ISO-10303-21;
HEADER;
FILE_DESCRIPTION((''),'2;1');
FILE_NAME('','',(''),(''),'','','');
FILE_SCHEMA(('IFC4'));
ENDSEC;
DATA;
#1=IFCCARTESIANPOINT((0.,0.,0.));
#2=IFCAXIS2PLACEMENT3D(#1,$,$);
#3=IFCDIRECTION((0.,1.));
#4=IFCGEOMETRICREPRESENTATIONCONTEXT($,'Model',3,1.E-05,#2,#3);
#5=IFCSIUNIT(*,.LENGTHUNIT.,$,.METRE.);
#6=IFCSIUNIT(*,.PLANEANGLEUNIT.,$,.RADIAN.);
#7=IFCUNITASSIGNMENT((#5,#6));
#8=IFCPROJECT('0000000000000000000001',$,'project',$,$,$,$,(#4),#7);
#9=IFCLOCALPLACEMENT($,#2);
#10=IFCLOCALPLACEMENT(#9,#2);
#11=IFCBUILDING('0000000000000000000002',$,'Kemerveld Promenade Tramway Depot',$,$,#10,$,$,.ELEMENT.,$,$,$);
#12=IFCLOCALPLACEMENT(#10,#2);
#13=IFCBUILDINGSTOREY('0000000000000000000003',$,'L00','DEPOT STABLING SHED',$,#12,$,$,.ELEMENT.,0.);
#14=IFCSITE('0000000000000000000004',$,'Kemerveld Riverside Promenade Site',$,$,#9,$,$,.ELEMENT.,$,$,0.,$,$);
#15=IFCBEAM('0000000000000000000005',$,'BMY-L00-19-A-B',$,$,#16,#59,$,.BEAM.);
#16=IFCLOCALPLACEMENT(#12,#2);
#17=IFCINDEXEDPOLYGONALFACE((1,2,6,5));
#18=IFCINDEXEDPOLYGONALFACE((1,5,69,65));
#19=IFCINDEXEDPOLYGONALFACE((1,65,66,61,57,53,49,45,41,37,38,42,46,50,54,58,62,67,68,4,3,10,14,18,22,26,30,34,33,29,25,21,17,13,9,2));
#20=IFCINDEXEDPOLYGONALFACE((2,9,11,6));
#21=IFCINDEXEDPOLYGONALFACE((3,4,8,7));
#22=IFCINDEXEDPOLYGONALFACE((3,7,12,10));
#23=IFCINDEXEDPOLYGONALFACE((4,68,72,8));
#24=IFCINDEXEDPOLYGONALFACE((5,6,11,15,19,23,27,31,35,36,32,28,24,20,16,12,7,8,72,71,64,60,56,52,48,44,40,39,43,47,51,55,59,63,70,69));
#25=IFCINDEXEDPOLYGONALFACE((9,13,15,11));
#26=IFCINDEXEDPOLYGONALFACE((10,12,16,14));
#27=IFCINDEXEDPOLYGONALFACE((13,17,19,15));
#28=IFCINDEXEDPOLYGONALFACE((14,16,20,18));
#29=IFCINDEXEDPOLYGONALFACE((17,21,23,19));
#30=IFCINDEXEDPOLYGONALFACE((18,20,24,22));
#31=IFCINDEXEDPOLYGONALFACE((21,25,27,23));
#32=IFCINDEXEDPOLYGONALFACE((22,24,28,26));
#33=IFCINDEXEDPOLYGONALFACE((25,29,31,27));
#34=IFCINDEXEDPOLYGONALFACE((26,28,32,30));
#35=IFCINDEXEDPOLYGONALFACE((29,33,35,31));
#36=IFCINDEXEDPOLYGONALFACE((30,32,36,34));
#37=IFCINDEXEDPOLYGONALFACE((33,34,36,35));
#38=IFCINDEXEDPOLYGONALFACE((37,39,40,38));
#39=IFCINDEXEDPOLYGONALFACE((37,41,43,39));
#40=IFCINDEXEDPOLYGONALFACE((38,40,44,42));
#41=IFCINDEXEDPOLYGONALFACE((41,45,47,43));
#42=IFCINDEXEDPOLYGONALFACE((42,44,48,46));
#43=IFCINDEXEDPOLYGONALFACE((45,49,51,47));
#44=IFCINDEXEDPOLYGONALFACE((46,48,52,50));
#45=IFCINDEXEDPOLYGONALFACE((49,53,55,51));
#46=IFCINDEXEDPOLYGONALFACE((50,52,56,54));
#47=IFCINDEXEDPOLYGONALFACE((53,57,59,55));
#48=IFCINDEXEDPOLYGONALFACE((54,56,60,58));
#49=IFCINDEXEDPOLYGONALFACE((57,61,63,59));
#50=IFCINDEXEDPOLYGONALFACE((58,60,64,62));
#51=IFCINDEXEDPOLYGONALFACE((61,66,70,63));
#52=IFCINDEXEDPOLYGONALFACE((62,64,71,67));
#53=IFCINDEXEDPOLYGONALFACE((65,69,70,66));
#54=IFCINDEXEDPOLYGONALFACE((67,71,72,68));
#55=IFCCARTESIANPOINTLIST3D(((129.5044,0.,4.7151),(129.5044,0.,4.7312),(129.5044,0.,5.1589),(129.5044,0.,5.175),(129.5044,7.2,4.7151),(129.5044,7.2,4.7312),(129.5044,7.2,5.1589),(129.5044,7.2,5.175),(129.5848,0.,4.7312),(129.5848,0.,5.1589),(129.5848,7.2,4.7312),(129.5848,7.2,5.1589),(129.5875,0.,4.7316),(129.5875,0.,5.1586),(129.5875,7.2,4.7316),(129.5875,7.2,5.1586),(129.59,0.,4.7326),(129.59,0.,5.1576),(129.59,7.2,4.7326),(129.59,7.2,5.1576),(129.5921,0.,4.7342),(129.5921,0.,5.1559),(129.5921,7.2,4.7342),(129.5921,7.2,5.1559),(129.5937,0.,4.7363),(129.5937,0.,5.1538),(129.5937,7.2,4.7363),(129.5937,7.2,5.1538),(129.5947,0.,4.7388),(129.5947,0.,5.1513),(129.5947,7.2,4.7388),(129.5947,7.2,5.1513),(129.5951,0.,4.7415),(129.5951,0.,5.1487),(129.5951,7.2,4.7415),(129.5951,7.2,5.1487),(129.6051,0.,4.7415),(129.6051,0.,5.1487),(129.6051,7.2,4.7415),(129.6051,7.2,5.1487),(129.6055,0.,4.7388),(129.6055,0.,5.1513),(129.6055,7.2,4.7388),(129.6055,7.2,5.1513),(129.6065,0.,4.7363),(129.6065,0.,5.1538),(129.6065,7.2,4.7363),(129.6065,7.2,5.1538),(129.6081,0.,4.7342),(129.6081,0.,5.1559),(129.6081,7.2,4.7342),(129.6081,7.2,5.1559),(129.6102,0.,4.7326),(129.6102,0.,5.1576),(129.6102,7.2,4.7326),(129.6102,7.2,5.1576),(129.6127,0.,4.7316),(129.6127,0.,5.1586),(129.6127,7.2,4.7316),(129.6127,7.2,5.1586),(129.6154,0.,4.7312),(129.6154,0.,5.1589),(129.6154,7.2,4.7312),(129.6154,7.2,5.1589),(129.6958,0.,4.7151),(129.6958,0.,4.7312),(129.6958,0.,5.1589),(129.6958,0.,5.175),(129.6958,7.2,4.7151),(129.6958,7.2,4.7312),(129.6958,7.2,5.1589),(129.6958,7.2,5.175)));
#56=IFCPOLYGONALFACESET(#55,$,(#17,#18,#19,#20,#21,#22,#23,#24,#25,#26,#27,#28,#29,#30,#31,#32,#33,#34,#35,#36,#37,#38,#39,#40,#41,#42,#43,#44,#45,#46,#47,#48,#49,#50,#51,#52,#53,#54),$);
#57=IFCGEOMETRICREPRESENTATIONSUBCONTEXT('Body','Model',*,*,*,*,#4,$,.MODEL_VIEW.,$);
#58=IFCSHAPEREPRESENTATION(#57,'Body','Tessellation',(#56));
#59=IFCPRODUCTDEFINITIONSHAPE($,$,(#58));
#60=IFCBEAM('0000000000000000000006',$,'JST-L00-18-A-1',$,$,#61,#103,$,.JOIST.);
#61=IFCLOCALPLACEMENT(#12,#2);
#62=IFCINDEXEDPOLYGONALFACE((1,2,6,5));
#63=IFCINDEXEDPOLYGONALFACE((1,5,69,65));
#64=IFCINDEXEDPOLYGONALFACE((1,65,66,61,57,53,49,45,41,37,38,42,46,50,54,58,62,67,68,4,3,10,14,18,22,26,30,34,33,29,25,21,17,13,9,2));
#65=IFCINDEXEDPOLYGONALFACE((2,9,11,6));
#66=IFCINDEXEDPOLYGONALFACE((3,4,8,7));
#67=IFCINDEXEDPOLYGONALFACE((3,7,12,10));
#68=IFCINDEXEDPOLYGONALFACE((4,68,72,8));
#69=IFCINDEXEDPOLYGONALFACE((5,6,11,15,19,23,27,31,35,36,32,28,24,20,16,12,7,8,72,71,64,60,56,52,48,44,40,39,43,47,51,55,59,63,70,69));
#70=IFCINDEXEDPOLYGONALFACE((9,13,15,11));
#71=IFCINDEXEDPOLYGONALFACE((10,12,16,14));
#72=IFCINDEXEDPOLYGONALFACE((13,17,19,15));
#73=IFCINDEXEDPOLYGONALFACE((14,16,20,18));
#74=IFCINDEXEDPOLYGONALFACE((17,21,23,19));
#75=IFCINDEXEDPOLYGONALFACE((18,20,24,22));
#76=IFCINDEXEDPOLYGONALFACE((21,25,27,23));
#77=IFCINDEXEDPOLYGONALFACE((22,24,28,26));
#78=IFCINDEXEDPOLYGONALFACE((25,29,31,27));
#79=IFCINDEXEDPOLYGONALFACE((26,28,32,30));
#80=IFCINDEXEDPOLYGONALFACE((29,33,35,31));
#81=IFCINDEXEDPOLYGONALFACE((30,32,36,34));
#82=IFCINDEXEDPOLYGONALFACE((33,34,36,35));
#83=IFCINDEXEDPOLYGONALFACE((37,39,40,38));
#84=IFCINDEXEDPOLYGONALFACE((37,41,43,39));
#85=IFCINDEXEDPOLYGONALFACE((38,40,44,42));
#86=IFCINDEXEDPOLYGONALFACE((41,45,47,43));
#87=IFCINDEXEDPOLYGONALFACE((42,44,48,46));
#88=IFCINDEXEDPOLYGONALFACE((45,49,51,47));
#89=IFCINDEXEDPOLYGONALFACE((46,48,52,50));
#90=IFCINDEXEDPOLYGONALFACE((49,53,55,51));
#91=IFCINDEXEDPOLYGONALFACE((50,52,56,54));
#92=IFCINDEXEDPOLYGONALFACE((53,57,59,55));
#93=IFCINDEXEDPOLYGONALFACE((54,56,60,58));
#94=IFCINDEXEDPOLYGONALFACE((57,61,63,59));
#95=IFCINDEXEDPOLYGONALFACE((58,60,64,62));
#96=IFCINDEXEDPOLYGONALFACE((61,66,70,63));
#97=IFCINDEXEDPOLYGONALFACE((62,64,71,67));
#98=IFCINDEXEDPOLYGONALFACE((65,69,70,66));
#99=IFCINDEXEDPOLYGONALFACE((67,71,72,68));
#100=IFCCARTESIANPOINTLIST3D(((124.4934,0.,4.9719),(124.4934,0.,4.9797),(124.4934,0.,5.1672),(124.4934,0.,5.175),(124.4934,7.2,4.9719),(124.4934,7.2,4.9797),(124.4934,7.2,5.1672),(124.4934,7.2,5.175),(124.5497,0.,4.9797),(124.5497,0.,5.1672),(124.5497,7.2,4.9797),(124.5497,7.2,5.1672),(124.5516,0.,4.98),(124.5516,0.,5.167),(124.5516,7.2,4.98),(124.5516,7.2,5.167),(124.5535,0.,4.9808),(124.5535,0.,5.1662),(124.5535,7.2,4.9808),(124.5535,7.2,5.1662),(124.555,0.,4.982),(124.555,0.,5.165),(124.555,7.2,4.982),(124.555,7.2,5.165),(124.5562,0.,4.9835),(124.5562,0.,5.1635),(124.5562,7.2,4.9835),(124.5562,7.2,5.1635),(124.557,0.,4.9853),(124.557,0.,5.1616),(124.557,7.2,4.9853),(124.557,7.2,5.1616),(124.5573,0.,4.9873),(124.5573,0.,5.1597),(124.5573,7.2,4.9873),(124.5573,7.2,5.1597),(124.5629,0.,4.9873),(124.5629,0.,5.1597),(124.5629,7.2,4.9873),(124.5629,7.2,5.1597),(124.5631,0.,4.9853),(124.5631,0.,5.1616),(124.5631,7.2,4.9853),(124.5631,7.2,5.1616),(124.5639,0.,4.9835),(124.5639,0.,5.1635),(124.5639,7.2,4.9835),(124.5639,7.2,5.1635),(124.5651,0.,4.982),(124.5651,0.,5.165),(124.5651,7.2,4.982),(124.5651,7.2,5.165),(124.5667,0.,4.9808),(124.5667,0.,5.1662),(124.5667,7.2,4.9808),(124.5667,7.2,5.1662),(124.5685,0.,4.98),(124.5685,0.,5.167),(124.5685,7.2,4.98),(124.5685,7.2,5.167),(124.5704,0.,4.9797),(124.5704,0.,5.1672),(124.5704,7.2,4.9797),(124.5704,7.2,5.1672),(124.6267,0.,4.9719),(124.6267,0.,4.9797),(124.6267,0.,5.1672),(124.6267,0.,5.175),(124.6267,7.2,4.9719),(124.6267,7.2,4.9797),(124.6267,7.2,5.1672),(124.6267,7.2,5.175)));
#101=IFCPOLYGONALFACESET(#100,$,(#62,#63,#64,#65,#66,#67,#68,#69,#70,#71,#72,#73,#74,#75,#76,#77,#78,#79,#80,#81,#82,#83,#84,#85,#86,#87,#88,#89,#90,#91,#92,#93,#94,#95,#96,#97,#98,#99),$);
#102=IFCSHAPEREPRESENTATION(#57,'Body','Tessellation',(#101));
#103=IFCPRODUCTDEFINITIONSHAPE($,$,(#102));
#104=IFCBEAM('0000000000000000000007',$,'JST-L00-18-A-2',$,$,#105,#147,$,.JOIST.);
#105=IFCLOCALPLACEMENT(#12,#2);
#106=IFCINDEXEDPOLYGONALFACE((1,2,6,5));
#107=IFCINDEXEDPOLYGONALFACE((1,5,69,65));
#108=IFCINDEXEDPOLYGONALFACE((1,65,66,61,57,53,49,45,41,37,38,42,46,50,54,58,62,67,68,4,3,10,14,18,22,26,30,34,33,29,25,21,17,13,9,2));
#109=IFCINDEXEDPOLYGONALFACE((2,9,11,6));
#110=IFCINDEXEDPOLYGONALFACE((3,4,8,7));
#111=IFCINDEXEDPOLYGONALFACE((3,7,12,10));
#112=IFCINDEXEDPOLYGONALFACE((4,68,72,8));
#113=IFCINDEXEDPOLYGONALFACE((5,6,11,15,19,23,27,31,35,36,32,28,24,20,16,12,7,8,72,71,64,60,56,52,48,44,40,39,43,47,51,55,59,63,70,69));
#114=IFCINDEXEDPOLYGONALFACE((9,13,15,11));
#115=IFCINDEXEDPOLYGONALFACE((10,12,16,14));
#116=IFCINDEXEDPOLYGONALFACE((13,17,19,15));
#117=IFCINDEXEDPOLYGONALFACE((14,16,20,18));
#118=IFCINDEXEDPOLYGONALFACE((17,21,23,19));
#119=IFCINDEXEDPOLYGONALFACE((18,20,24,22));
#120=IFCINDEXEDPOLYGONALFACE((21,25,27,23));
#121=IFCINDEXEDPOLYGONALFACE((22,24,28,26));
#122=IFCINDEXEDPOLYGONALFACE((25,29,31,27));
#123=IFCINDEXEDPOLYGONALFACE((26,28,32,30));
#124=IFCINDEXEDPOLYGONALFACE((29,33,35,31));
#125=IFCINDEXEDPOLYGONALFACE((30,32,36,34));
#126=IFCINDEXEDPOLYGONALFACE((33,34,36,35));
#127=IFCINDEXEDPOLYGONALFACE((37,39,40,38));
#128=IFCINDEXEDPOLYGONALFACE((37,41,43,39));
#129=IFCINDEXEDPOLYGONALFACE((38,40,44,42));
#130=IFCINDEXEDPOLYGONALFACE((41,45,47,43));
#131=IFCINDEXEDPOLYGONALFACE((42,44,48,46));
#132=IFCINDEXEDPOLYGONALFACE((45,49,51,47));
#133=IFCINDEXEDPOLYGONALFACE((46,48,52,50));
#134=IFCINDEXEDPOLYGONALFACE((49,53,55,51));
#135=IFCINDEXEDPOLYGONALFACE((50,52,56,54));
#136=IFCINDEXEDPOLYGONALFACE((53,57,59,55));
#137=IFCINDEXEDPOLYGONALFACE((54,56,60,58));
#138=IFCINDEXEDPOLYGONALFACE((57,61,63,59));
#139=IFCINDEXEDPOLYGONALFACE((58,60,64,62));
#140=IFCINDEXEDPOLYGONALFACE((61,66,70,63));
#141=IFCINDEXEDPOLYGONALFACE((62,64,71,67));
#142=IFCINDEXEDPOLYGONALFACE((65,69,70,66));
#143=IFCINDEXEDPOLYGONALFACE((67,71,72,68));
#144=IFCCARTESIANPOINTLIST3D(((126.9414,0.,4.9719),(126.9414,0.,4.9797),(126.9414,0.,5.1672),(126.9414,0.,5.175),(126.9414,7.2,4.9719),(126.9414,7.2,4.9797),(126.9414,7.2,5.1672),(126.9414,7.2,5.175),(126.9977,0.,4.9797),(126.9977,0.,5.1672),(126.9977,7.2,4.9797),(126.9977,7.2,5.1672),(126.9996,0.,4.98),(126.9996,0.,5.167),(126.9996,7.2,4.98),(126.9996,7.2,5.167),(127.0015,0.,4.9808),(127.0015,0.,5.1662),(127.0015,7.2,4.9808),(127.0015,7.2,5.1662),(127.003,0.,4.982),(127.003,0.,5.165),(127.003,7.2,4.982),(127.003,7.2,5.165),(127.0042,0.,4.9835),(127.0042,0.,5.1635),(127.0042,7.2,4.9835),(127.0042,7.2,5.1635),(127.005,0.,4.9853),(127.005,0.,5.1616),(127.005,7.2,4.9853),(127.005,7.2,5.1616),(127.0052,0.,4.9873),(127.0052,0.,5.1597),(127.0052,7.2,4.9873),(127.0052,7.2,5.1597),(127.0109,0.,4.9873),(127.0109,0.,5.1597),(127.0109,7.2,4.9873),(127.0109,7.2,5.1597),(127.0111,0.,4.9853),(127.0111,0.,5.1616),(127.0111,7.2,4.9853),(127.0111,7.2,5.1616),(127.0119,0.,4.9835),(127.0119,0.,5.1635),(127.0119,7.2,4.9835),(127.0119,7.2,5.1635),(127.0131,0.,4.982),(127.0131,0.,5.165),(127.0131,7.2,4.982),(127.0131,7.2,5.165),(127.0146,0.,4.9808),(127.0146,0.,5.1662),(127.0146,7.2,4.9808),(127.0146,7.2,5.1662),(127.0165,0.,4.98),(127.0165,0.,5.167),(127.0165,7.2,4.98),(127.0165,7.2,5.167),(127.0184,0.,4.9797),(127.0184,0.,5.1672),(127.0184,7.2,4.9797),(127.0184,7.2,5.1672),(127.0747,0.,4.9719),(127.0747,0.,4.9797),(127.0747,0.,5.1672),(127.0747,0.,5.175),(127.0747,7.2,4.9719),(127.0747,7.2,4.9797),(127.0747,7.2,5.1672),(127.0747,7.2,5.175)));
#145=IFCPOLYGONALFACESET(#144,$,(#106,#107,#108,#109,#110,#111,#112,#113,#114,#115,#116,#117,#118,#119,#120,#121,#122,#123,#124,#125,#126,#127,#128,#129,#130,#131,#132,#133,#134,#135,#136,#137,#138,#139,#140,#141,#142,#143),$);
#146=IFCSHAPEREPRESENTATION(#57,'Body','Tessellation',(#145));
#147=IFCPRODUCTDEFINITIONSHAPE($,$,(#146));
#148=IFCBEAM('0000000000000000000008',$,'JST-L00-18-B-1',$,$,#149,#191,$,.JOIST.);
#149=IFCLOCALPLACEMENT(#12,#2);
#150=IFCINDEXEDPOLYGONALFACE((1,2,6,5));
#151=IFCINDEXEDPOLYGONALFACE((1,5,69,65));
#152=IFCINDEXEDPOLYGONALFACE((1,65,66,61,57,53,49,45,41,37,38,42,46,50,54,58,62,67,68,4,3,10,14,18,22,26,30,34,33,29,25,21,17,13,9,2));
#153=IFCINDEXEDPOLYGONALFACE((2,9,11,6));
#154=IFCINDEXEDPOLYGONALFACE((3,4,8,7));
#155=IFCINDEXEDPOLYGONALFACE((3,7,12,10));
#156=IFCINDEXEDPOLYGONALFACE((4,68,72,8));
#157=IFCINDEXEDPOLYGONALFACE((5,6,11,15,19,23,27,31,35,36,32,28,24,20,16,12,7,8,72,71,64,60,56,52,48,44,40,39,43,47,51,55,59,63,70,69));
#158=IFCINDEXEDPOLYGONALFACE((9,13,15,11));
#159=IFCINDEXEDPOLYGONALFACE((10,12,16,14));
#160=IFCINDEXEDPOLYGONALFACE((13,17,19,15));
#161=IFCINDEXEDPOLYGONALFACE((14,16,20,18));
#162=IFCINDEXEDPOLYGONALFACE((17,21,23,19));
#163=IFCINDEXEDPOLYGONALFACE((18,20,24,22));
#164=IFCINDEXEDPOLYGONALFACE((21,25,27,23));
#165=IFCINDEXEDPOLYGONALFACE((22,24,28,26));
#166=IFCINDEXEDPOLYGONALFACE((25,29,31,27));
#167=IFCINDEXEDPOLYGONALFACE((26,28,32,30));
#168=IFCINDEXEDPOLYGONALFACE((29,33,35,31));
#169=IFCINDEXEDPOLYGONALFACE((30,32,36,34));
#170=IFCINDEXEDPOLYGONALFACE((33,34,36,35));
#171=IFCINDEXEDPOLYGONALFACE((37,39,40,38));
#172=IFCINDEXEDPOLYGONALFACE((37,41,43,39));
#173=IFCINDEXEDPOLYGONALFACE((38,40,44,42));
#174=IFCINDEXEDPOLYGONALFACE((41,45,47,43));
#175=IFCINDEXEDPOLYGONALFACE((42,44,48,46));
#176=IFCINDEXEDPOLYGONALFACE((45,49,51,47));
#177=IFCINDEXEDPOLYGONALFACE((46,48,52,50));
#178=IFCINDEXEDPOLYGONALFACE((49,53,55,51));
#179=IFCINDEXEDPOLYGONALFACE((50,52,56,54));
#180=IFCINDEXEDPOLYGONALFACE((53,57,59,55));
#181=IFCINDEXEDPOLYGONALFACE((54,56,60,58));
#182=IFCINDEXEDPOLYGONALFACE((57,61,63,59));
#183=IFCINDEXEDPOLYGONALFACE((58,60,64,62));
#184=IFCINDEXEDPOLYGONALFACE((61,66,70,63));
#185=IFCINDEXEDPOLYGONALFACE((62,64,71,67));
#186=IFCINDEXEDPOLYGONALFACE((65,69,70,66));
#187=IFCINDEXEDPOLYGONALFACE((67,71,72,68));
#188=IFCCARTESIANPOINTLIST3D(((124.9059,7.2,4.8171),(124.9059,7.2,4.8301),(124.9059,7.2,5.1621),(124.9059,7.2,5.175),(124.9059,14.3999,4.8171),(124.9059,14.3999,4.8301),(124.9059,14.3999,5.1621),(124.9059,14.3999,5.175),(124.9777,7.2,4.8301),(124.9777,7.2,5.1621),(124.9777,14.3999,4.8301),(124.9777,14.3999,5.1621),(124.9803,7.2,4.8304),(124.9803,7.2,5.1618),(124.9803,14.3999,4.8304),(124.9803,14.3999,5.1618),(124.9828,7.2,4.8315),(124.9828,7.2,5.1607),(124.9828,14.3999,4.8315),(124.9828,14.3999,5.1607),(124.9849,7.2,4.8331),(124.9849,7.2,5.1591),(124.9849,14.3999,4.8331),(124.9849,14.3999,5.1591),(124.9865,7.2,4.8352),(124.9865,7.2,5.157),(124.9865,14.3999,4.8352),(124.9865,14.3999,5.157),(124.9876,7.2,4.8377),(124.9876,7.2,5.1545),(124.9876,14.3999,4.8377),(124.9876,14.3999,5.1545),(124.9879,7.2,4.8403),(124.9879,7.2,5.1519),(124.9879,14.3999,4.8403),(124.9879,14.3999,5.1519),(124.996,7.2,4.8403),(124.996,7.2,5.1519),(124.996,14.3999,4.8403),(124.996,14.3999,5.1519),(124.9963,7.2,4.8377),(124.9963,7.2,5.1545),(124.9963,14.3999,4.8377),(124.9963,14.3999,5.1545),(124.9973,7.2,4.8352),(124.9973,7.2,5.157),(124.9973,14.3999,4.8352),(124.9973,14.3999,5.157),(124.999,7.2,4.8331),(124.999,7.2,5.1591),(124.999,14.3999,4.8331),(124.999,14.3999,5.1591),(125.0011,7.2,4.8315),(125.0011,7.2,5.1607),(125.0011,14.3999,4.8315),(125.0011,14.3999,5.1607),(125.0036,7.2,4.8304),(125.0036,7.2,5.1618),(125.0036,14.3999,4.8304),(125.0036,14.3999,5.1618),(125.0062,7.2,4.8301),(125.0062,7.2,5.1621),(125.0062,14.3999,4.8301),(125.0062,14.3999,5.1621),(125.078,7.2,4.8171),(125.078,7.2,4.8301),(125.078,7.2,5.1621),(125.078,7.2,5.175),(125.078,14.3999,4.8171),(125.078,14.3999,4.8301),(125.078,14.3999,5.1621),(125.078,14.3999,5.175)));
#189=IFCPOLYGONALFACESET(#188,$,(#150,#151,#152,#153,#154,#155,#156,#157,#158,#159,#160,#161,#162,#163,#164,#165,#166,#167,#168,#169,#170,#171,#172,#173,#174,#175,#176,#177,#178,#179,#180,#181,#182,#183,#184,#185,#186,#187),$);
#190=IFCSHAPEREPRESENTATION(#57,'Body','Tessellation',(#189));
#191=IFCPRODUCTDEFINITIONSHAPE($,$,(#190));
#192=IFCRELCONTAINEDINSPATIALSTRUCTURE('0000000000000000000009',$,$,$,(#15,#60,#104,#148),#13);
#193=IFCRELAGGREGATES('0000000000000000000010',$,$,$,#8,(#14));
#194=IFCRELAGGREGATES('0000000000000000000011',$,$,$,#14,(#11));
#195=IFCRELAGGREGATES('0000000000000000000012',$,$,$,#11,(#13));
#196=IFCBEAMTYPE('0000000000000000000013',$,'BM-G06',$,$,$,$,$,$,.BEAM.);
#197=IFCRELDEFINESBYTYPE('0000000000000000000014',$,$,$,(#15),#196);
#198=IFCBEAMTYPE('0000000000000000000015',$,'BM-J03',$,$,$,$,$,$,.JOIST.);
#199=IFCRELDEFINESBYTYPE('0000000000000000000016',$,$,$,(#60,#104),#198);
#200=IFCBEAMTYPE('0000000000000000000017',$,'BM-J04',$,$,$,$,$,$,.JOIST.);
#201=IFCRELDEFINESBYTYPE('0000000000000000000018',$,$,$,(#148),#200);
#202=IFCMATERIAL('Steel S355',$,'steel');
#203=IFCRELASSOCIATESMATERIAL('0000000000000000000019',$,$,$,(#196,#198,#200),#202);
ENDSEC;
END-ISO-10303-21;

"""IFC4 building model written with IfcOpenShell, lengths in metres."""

from ifc_helpers import new_model, si_unit, direction, frame, origin, origin_2d, place, context, subcontext, project, spatial, i_section, extrude, material, material_profile, profile_set, type_object, element, save


model = new_model("IFC4")

# Units and contexts
model_context = context("Model", 3, precision=1e-05, world=origin(), true_north=direction((0.0, 1.0)))
body_context = subcontext(model_context, "Body", "Model", "MODEL_VIEW")
ifc_project = project(units=[si_unit("LENGTHUNIT", "METRE"), si_unit("PLANEANGLEUNIT", "RADIAN")], contexts=[model_context])

# Site, building, storey
site_placement = place(None, origin())
site = spatial("IfcSite", under=ifc_project, at=site_placement, Name="Kemerveld Riverside Promenade Site", CompositionType="ELEMENT", RefElevation=0.0)
building_placement = place(site_placement, origin())
building = spatial("IfcBuilding", under=site, at=building_placement, Name="Kemerveld Promenade Tramway Depot", CompositionType="ELEMENT")
storey_placement = place(building_placement, origin())
storey = spatial("IfcBuildingStorey", under=building, at=storey_placement, Name="L00", Description="DEPOT STABLING SHED", CompositionType="ELEMENT", Elevation=0.0)

# Shared definitions
ifc_material_1 = material(Name="Steel S355", Category="steel")

# Beams
ifc_material_profile_1 = material_profile(ifc_material_1, i_section(OverallWidth=0.1914, OverallDepth=0.46, WebThickness=0.01, FlangeThickness=0.0161, FilletRadius=0.0103, at=origin_2d()), Name="457x191x82 UB")
ifc_profile_set_1 = profile_set([ifc_material_profile_1], Name="Steel S355")
beam_type_1 = type_object("IfcBeamType", Name="BM-G06", PredefinedType="BEAM", material=ifc_profile_set_1)
for number, where, z_axis, x_axis, name in (
    (1, (129.6001, 0.0, 4.9451), (0.0, 1.0, 0.0), (-1.0, 0.0, 0.0), "BMY-L00-19-A-B"),
):
    element("IfcBeam", number, at=place(storey_placement, frame(where, z_axis=z_axis, x_axis=x_axis)), inside=storey, type_object=beam_type_1, Name=name, PredefinedType="BEAM", context=body_context, shape_type="SweptSolid", body=[
        extrude(i_section(OverallWidth=0.1914, OverallDepth=0.46, WebThickness=0.01, FlangeThickness=0.0161, FilletRadius=0.0103, at=origin_2d()), origin(), (0.0, 0.0, 1.0), 7.2),
    ])
ifc_material_profile_2 = material_profile(ifc_material_1, i_section(OverallWidth=0.1333, OverallDepth=0.2031, WebThickness=0.0056, FlangeThickness=0.0078, FilletRadius=0.0076, at=origin_2d()), Name="203x133x25 UB")
ifc_profile_set_2 = profile_set([ifc_material_profile_2], Name="Steel S355")
beam_type_2 = type_object("IfcBeamType", Name="BM-J03", PredefinedType="JOIST", material=ifc_profile_set_2)
for number, where, z_axis, x_axis, name in (
    (2, (124.5601, 0.0, 5.0735), (0.0, 1.0, 0.0), (-1.0, 0.0, 0.0), "JST-L00-18-A-1"),
    (3, (127.0081, 0.0, 5.0735), (0.0, 1.0, 0.0), (-1.0, 0.0, 0.0), "JST-L00-18-A-2"),
):
    element("IfcBeam", number, at=place(storey_placement, frame(where, z_axis=z_axis, x_axis=x_axis)), inside=storey, type_object=beam_type_2, Name=name, PredefinedType="JOIST", context=body_context, shape_type="SweptSolid", body=[
        extrude(i_section(OverallWidth=0.1333, OverallDepth=0.2031, WebThickness=0.0056, FlangeThickness=0.0078, FilletRadius=0.0076, at=origin_2d()), origin(), (0.0, 0.0, 1.0), 7.2),
    ])
ifc_material_profile_3 = material_profile(ifc_material_1, i_section(OverallWidth=0.1721, OverallDepth=0.3579, WebThickness=0.0081, FlangeThickness=0.0129, FilletRadius=0.0103, at=origin_2d()), Name="356x171x57 UB")
ifc_profile_set_3 = profile_set([ifc_material_profile_3], Name="Steel S355")
beam_type_3 = type_object("IfcBeamType", Name="BM-J04", PredefinedType="JOIST", material=ifc_profile_set_3)
for number, where, z_axis, x_axis, name in (
    (4, (124.9919, 7.2, 4.9961), (0.0, 1.0, 0.0), (-1.0, 0.0, 0.0), "JST-L00-18-B-1"),
):
    element("IfcBeam", number, at=place(storey_placement, frame(where, z_axis=z_axis, x_axis=x_axis)), inside=storey, type_object=beam_type_3, Name=name, PredefinedType="JOIST", context=body_context, shape_type="SweptSolid", body=[
        extrude(i_section(OverallWidth=0.1721, OverallDepth=0.3579, WebThickness=0.0081, FlangeThickness=0.0129, FilletRadius=0.0103, at=origin_2d()), origin(), (0.0, 0.0, 1.0), 7.2),
    ])

save(model, "model.ifc")
